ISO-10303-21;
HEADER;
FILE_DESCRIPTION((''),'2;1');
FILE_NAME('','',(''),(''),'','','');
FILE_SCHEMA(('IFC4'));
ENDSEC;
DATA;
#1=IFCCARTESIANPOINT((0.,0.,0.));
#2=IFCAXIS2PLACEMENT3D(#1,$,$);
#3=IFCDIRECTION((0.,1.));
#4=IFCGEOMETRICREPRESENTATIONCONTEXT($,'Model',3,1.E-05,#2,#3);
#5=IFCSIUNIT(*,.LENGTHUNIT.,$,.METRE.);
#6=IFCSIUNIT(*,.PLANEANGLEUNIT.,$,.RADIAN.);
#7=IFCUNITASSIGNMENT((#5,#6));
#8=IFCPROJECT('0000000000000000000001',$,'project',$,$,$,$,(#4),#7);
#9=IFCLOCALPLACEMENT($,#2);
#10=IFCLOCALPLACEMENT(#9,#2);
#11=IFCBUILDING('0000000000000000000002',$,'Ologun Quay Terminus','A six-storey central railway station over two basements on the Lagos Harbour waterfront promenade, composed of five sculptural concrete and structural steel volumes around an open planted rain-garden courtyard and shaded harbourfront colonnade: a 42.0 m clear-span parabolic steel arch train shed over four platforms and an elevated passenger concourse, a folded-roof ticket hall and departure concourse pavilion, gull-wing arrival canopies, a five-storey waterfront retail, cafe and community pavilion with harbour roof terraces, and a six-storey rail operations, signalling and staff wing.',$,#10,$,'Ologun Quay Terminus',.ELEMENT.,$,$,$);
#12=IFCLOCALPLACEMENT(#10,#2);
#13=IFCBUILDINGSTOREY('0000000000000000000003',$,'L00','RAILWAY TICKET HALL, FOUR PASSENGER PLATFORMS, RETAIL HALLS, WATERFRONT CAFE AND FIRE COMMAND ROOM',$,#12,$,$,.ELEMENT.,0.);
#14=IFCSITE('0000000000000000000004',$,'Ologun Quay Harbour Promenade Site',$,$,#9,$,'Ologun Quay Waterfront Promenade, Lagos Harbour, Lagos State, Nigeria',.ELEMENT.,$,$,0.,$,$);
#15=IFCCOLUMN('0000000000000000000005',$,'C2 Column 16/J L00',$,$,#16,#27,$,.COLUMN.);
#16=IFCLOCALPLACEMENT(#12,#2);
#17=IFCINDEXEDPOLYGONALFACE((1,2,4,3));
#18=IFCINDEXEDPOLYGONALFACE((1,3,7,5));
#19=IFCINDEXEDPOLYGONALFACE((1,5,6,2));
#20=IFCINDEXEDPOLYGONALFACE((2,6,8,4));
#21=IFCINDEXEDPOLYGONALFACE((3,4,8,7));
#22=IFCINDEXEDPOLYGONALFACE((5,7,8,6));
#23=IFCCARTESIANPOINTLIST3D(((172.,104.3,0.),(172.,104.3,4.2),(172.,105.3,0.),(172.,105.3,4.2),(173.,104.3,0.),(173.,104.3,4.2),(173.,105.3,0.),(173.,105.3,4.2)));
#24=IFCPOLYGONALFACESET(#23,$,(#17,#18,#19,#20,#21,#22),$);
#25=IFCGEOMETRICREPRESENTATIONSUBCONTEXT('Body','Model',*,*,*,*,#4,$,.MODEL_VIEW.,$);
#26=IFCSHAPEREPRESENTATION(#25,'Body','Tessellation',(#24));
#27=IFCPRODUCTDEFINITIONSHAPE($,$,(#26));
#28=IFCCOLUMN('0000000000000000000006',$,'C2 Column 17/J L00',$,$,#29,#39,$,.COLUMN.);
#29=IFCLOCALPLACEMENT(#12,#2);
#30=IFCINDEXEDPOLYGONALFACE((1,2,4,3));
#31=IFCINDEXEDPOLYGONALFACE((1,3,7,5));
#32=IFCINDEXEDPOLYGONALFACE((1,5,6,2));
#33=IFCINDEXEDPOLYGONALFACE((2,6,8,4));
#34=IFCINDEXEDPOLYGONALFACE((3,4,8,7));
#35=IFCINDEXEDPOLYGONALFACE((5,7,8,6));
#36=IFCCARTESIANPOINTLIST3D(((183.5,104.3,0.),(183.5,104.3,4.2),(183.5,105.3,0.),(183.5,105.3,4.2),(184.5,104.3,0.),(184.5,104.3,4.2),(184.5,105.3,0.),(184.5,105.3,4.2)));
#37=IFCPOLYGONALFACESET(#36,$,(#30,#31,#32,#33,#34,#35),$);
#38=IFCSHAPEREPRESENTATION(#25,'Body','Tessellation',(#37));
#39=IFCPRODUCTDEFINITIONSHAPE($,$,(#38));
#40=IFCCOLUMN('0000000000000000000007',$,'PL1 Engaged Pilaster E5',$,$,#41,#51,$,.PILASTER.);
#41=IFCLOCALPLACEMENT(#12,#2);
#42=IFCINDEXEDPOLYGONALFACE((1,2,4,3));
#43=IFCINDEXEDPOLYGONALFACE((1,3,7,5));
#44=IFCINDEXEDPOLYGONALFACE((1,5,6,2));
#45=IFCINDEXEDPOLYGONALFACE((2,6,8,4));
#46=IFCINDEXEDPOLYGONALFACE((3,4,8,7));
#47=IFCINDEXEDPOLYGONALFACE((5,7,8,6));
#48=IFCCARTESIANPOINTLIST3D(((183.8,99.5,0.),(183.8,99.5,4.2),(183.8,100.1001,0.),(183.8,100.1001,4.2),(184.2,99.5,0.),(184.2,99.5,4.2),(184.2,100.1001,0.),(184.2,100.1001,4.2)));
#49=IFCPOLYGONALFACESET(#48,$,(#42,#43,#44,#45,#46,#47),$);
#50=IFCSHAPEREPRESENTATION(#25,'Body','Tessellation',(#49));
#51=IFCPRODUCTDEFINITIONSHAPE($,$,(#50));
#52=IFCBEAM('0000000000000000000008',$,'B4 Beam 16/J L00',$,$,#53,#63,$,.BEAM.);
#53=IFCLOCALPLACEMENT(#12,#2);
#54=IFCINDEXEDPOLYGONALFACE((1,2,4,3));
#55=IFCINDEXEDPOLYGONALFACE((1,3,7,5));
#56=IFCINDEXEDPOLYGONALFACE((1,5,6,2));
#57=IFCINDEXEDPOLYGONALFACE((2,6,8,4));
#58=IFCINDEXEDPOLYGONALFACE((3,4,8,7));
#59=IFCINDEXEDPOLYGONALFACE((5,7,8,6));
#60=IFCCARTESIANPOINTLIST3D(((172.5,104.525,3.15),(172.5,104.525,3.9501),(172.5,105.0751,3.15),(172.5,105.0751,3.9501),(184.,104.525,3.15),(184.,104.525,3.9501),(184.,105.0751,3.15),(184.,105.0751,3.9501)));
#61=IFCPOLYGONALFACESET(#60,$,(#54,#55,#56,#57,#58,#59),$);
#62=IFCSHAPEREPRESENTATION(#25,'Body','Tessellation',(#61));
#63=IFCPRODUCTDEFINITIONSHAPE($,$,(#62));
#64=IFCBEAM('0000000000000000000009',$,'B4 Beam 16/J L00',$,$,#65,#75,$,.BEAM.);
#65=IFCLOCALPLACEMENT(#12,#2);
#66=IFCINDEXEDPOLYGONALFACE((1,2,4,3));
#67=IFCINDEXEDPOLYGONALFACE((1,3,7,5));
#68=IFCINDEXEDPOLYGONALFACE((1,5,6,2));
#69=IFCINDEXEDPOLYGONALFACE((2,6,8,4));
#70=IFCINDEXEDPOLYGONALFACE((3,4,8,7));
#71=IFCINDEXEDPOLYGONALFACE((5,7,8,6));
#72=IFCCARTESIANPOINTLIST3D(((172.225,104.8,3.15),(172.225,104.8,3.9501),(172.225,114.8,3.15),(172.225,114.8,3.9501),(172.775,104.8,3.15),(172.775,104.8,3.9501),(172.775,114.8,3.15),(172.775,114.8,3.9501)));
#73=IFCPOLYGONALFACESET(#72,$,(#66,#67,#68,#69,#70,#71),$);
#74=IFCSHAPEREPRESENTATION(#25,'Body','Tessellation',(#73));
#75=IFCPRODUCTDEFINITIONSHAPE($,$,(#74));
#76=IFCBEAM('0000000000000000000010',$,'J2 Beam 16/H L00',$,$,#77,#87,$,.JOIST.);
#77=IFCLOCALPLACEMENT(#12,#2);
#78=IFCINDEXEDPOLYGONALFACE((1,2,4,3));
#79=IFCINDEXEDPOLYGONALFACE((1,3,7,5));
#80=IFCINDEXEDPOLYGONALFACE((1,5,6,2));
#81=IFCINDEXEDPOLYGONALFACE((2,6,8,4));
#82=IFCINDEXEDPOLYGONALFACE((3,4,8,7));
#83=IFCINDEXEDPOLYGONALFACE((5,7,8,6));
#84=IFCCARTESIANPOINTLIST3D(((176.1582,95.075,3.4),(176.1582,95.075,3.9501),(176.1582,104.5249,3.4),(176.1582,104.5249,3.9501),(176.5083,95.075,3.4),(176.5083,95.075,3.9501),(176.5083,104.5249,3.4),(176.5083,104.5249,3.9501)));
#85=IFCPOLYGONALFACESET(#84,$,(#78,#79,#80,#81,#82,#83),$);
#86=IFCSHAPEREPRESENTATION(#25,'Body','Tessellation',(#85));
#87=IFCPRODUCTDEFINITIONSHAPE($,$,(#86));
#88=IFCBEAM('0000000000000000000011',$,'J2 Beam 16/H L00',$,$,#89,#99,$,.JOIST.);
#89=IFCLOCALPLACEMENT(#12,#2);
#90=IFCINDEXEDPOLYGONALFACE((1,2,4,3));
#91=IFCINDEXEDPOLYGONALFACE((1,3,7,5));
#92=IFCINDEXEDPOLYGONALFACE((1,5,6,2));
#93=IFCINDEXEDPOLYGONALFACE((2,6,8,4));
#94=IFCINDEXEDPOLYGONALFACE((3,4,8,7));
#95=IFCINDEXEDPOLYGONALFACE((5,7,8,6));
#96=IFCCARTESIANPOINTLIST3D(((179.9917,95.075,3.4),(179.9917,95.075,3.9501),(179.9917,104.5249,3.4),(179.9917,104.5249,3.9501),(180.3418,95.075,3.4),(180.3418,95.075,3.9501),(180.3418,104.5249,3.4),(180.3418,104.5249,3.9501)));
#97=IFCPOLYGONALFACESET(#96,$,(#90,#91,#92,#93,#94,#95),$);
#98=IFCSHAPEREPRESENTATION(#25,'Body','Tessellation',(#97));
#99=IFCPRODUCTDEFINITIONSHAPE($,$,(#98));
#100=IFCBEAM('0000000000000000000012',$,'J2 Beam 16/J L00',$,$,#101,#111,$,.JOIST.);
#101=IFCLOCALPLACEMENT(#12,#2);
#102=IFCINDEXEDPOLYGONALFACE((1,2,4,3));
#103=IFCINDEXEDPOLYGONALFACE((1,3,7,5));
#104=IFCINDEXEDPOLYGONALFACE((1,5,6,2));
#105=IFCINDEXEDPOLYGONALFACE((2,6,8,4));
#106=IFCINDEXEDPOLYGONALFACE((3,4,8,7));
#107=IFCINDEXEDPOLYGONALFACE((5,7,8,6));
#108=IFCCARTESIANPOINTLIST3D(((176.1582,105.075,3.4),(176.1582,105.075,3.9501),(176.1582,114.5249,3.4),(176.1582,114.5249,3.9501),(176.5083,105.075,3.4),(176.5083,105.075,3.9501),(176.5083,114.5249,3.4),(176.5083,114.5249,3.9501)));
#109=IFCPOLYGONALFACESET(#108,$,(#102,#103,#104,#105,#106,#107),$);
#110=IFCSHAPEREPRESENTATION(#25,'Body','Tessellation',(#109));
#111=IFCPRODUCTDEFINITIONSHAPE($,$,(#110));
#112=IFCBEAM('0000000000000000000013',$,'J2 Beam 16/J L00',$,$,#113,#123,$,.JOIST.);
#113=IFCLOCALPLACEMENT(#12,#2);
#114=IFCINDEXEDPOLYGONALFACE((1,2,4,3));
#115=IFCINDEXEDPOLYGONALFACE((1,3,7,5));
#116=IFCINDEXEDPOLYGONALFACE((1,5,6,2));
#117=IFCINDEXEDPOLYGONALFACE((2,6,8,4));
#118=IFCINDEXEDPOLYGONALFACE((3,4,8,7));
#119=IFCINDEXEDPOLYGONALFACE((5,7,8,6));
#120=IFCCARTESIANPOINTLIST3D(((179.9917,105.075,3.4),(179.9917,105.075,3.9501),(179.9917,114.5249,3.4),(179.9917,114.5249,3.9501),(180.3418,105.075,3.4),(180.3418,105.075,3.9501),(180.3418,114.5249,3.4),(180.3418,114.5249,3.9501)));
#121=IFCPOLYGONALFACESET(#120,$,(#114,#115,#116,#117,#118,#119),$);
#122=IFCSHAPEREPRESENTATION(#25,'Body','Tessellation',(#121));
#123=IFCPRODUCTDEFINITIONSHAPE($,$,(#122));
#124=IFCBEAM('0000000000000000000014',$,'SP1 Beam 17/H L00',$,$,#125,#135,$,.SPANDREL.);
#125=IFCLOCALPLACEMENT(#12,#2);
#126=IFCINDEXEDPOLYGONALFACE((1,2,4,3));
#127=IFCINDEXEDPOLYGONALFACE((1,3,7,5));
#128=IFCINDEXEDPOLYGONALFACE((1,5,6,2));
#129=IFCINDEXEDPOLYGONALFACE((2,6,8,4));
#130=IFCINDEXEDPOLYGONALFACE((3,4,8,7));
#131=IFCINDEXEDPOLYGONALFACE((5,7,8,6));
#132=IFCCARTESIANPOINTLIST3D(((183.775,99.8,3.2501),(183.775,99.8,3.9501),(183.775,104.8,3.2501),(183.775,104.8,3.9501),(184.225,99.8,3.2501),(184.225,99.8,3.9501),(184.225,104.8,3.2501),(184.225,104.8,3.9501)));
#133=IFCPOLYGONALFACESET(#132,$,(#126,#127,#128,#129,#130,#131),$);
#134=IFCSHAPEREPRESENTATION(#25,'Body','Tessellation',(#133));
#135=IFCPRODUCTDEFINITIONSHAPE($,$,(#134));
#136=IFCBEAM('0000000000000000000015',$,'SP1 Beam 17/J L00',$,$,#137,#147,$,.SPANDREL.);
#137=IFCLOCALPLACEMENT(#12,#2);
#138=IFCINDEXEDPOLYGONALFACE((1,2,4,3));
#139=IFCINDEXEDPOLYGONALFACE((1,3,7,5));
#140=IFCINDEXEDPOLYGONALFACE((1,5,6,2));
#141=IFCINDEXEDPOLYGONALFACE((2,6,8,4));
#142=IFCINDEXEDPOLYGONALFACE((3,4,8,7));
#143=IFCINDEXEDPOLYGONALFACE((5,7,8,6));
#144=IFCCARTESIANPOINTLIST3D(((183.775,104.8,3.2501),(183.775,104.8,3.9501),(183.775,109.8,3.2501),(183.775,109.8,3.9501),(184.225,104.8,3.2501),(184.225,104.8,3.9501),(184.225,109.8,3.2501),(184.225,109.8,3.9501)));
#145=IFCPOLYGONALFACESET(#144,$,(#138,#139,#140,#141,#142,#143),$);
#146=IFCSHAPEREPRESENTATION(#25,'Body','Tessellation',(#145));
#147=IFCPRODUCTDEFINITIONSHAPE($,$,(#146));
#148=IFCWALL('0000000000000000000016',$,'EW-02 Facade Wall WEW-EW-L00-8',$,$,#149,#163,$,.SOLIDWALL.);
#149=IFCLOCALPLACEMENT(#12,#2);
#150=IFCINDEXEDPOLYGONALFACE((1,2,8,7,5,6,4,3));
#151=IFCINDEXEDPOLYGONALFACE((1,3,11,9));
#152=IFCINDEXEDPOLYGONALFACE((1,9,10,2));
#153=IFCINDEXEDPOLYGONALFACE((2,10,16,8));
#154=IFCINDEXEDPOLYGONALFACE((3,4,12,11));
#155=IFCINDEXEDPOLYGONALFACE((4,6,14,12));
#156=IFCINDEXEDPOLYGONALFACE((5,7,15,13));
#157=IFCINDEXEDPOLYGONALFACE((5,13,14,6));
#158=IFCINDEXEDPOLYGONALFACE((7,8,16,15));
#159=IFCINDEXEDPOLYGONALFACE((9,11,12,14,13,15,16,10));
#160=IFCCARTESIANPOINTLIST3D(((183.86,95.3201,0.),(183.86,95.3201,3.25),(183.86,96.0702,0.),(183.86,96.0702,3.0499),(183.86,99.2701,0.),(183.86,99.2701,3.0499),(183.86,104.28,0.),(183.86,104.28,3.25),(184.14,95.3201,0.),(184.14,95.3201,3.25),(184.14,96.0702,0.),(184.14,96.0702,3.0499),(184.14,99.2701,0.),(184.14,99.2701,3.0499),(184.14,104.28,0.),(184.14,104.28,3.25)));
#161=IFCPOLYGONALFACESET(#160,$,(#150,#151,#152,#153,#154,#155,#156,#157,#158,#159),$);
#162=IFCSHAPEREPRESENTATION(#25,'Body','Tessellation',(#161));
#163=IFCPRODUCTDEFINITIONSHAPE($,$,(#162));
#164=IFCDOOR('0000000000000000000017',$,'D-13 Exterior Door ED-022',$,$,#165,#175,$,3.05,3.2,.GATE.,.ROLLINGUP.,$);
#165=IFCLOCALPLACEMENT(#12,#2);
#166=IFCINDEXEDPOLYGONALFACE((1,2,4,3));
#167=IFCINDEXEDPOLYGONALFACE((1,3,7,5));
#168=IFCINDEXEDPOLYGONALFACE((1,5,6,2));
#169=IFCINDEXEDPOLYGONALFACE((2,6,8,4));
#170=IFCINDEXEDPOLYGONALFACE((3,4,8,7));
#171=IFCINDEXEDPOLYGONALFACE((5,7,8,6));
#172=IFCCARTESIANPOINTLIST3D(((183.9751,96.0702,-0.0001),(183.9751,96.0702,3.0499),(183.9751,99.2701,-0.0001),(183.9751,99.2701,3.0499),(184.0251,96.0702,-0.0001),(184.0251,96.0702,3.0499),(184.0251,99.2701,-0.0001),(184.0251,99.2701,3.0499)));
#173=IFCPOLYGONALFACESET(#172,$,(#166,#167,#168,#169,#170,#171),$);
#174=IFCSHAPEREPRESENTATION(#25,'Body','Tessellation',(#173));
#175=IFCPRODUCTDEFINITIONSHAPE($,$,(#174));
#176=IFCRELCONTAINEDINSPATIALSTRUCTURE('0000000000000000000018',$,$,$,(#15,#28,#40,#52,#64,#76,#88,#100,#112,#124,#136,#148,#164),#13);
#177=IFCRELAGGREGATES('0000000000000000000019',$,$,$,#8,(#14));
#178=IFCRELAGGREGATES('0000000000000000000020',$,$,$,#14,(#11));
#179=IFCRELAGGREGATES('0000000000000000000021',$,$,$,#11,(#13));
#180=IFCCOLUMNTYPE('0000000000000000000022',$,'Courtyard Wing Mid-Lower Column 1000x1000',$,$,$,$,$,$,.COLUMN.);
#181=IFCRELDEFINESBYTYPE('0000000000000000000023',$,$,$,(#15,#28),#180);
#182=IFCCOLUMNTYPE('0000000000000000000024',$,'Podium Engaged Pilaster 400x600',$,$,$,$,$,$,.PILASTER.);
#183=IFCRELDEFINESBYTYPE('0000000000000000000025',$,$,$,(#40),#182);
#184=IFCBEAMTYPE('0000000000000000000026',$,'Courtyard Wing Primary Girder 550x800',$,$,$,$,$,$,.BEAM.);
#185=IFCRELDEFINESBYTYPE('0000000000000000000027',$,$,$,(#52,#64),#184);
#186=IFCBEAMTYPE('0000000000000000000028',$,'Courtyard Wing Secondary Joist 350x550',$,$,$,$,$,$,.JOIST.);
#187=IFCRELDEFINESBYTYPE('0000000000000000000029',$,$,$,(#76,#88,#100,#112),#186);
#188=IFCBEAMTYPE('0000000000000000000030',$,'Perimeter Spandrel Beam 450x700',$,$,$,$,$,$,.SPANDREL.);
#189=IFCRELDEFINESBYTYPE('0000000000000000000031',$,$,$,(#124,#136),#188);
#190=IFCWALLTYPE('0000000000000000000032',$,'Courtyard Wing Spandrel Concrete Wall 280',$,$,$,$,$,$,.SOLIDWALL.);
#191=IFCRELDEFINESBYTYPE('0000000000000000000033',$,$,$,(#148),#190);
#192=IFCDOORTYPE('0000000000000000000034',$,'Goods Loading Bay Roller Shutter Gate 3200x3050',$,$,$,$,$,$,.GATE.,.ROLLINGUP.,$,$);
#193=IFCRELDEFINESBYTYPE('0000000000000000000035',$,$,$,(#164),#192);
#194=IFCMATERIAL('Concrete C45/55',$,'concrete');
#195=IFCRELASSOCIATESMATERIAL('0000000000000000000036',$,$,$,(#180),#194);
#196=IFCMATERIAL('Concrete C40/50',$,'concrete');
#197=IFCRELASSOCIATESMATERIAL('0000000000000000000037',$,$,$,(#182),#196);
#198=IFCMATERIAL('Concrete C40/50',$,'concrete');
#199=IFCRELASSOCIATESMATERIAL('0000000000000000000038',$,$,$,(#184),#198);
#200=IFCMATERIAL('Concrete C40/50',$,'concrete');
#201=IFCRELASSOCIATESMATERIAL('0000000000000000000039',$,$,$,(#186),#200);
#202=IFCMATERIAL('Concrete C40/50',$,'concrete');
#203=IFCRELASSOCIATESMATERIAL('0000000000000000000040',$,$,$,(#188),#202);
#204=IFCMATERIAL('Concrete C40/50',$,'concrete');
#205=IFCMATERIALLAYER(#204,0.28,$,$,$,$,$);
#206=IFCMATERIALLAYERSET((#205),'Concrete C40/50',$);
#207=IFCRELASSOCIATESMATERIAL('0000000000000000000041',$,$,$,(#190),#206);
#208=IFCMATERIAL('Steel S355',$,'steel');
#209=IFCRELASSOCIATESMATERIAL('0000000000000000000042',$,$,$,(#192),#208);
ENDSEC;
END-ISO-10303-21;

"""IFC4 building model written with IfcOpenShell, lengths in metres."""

from ifc_helpers import new_model, si_unit, direction, frame, frame_2d, origin, origin_2d, place, context, subcontext, project, spatial, rectangle, extrude, material, layer, layer_set, material_profile, profile_set, type_object, element, fill, save


model = new_model("IFC4")

# Units and contexts
model_context = context("Model", 3, precision=1e-05, world=origin(), true_north=direction((0.0, 1.0)))
body_context = subcontext(model_context, "Body", "Model", "MODEL_VIEW")
ifc_project = project(units=[si_unit("LENGTHUNIT", "METRE"), si_unit("PLANEANGLEUNIT", "RADIAN")], contexts=[model_context])

# Site, building, storey
site_placement = place(None, origin())
site = spatial("IfcSite", under=ifc_project, at=site_placement, Name="Ologun Quay Harbour Promenade Site", LongName="Ologun Quay Waterfront Promenade, Lagos Harbour, Lagos State, Nigeria", CompositionType="ELEMENT", RefElevation=0.0)
building_placement = place(site_placement, origin())
building = spatial("IfcBuilding", under=site, at=building_placement, Name="Ologun Quay Terminus", Description="A six-storey central railway station over two basements on the Lagos Harbour waterfront promenade, composed of five sculptural concrete and structural steel volumes around an open planted rain-garden courtyard and shaded harbourfront colonnade: a 42.0 m clear-span parabolic steel arch train shed over four platforms and an elevated passenger concourse, a folded-roof ticket hall and departure concourse pavilion, gull-wing arrival canopies, a five-storey waterfront retail, cafe and community pavilion with harbour roof terraces, and a six-storey rail operations, signalling and staff wing.", LongName="Ologun Quay Terminus", CompositionType="ELEMENT")
storey_placement = place(building_placement, origin())
storey = spatial("IfcBuildingStorey", under=building, at=storey_placement, Name="L00", Description="RAILWAY TICKET HALL, FOUR PASSENGER PLATFORMS, RETAIL HALLS, WATERFRONT CAFE AND FIRE COMMAND ROOM", CompositionType="ELEMENT", Elevation=0.0)

# Columns
ifc_material_1 = material(Name="Concrete C45/55", Category="concrete")
ifc_material_profile_1 = material_profile(ifc_material_1, rectangle(XDim=1.0, YDim=1.0, at=origin_2d()), Name="RC 1000x1000")
ifc_profile_set_1 = profile_set([ifc_material_profile_1], Name="Concrete C45/55")
column_type_1 = type_object("IfcColumnType", Name="Courtyard Wing Mid-Lower Column 1000x1000", PredefinedType="COLUMN", material=ifc_profile_set_1)
for number, where, z_axis, x_axis, name in (
    (1, (172.5, 104.8, 0.0), (0.0, 0.0, 1.0), (1.0, 0.0, 0.0), "C2 Column 16/J L00"),
    (2, (184.0, 104.8, 0.0), (0.0, 0.0, 1.0), (1.0, 0.0, 0.0), "C2 Column 17/J L00"),
):
    element("IfcColumn", number, at=place(storey_placement, frame(where, z_axis=z_axis, x_axis=x_axis)), inside=storey, type_object=column_type_1, Name=name, PredefinedType="COLUMN", context=body_context, shape_type="SweptSolid", body=[
        extrude(rectangle(XDim=1.0, YDim=1.0, at=origin_2d()), origin(), (0.0, 0.0, 1.0), 4.2),
    ])
ifc_material_2 = material(Name="Concrete C40/50", Category="concrete")
ifc_material_profile_2 = material_profile(ifc_material_2, rectangle(XDim=0.3999, YDim=0.6001, at=origin_2d()), Name="RC 400x600")
ifc_profile_set_2 = profile_set([ifc_material_profile_2], Name="Concrete C40/50")
column_type_2 = type_object("IfcColumnType", Name="Podium Engaged Pilaster 400x600", PredefinedType="PILASTER", material=ifc_profile_set_2)
column_placement = place(storey_placement, frame((184.0, 99.8, 0.0), z_axis=(0.0, 0.0, 1.0), x_axis=(1.0, 0.0, 0.0)))
element("IfcColumn", 3, at=column_placement, inside=storey, type_object=column_type_2, Name="PL1 Engaged Pilaster E5", PredefinedType="PILASTER", context=body_context, shape_type="SweptSolid", body=[
    extrude(rectangle(XDim=0.3999, YDim=0.6001, at=origin_2d()), origin(), (0.0, 0.0, 1.0), 4.2),
])

# Beams
ifc_material_3 = material(Name="Concrete C40/50", Category="concrete")
ifc_material_profile_3 = material_profile(ifc_material_3, rectangle(XDim=0.55, YDim=0.8, at=origin_2d()), Name="RC 550x800")
ifc_profile_set_3 = profile_set([ifc_material_profile_3], Name="Concrete C40/50")
beam_type_1 = type_object("IfcBeamType", Name="Courtyard Wing Primary Girder 550x800", PredefinedType="BEAM", material=ifc_profile_set_3)
beam_1_placement = place(storey_placement, frame((172.5, 104.8, 3.55), z_axis=(1.0, 0.0, 0.0), x_axis=(0.0, 1.0, 0.0)))
element("IfcBeam", 4, at=beam_1_placement, inside=storey, type_object=beam_type_1, Name="B4 Beam 16/J L00", PredefinedType="BEAM", context=body_context, shape_type="SweptSolid", body=[
    extrude(rectangle(XDim=0.55, YDim=0.8, at=origin_2d()), origin(), (0.0, 0.0, 1.0), 11.5),
])
beam_2_placement = place(storey_placement, frame((172.5, 104.8, 3.55), z_axis=(0.0, 1.0, 0.0), x_axis=(-1.0, 0.0, 0.0)))
element("IfcBeam", 5, at=beam_2_placement, inside=storey, type_object=beam_type_1, Name="B4 Beam 16/J L00", PredefinedType="BEAM", context=body_context, shape_type="SweptSolid", body=[
    extrude(rectangle(XDim=0.55, YDim=0.8, at=origin_2d()), origin(), (0.0, 0.0, 1.0), 10.0),
])
ifc_material_4 = material(Name="Concrete C40/50", Category="concrete")
ifc_material_profile_4 = material_profile(ifc_material_4, rectangle(XDim=0.3501, YDim=0.55, at=origin_2d()), Name="RC 350x550")
ifc_profile_set_4 = profile_set([ifc_material_profile_4], Name="Concrete C40/50")
beam_type_2 = type_object("IfcBeamType", Name="Courtyard Wing Secondary Joist 350x550", PredefinedType="JOIST", material=ifc_profile_set_4)
for number, where, z_axis, x_axis, name in (
    (6, (176.3333, 95.075, 3.675), (0.0, 1.0, 0.0), (-1.0, 0.0, 0.0), "J2 Beam 16/H L00"),
    (7, (180.1667, 95.075, 3.675), (0.0, 1.0, 0.0), (-1.0, 0.0, 0.0), "J2 Beam 16/H L00"),
    (8, (176.3333, 105.075, 3.675), (0.0, 1.0, 0.0), (-1.0, 0.0, 0.0), "J2 Beam 16/J L00"),
    (9, (180.1667, 105.075, 3.675), (0.0, 1.0, 0.0), (-1.0, 0.0, 0.0), "J2 Beam 16/J L00"),
):
    element("IfcBeam", number, at=place(storey_placement, frame(where, z_axis=z_axis, x_axis=x_axis)), inside=storey, type_object=beam_type_2, Name=name, PredefinedType="JOIST", context=body_context, shape_type="SweptSolid", body=[
        extrude(rectangle(XDim=0.3501, YDim=0.55, at=origin_2d()), origin(), (0.0, 0.0, 1.0), 9.45),
    ])
ifc_material_5 = material(Name="Concrete C40/50", Category="concrete")
ifc_material_profile_5 = material_profile(ifc_material_5, rectangle(XDim=0.45, YDim=0.7, at=origin_2d()), Name="RC 450x700")
ifc_profile_set_5 = profile_set([ifc_material_profile_5], Name="Concrete C40/50")
beam_type_3 = type_object("IfcBeamType", Name="Perimeter Spandrel Beam 450x700", PredefinedType="SPANDREL", material=ifc_profile_set_5)
for number, where, z_axis, x_axis, name in (
    (10, (184.0, 99.8, 3.6001), (0.0, 1.0, 0.0), (-1.0, 0.0, 0.0), "SP1 Beam 17/H L00"),
    (11, (184.0, 104.8, 3.6001), (0.0, 1.0, 0.0), (-1.0, 0.0, 0.0), "SP1 Beam 17/J L00"),
):
    element("IfcBeam", number, at=place(storey_placement, frame(where, z_axis=z_axis, x_axis=x_axis)), inside=storey, type_object=beam_type_3, Name=name, PredefinedType="SPANDREL", context=body_context, shape_type="SweptSolid", body=[
        extrude(rectangle(XDim=0.45, YDim=0.7, at=origin_2d()), origin(), (0.0, 0.0, 1.0), 5.0),
    ])

# Wall, opening, door
ifc_material_6 = material(Name="Concrete C40/50", Category="concrete")
ifc_layer = layer(ifc_material_6, 0.28)
ifc_layer_set = layer_set([ifc_layer], Name="Concrete C40/50")
wall_type = type_object("IfcWallType", Name="Courtyard Wing Spandrel Concrete Wall 280", PredefinedType="SOLIDWALL", material=ifc_layer_set)
wall_1_placement = place(storey_placement, frame((184.0, 95.3201, 0.0), z_axis=(0.0, 0.0, 1.0), x_axis=(0.0, 1.0, 0.0)))
wall_1 = element("IfcWall", 12, at=wall_1_placement, inside=storey, type_object=wall_type, Name="EW-02 Facade Wall WEW-EW-L00-8", PredefinedType="SOLIDWALL", context=body_context, shape_type="SweptSolid", body=[
    extrude(rectangle(XDim=8.96, YDim=0.28, at=frame_2d((4.48, 0.0))), origin(), (0.0, 0.0, 1.0), 3.25),
])
opening_1_placement = place(wall_1_placement, frame((0.75, 0.0, 0.0)))
opening_1 = element("IfcOpeningElement", 13, at=opening_1_placement, cuts=wall_1, PredefinedType="OPENING", context=body_context, shape_type="SweptSolid", body=[
    extrude(rectangle(XDim=3.2, YDim=3.05, at=frame_2d((1.6001, 1.5249))), frame((0.0, 0.1499, 0.0), z_axis=(0.0, -1.0, 0.0), x_axis=(1.0, 0.0, 0.0)), (0.0, 0.0, 1.0), 0.3),
])
ifc_material_7 = material(Name="Steel S355", Category="steel")
door_type = type_object("IfcDoorType", Name="Goods Loading Bay Roller Shutter Gate 3200x3050", OperationType="ROLLINGUP", PredefinedType="GATE", material=ifc_material_7)
door_placement = place(opening_1_placement, origin())
door = element("IfcDoor", 14, at=door_placement, inside=storey, type_object=door_type, Name="D-13 Exterior Door ED-022", OperationType="ROLLINGUP", OverallHeight=3.05, OverallWidth=3.2, PredefinedType="GATE", context=body_context, shape_type="SweptSolid", body=[
    extrude(rectangle(XDim=3.2, YDim=3.05, at=frame_2d((1.6001, 1.5249))), frame((0.0, 0.0249, 0.0), z_axis=(0.0, -1.0, 0.0), x_axis=(1.0, 0.0, 0.0)), (0.0, 0.0, 1.0), 0.05),
])
fill(opening_1, door)

save(model, "model.ifc")
